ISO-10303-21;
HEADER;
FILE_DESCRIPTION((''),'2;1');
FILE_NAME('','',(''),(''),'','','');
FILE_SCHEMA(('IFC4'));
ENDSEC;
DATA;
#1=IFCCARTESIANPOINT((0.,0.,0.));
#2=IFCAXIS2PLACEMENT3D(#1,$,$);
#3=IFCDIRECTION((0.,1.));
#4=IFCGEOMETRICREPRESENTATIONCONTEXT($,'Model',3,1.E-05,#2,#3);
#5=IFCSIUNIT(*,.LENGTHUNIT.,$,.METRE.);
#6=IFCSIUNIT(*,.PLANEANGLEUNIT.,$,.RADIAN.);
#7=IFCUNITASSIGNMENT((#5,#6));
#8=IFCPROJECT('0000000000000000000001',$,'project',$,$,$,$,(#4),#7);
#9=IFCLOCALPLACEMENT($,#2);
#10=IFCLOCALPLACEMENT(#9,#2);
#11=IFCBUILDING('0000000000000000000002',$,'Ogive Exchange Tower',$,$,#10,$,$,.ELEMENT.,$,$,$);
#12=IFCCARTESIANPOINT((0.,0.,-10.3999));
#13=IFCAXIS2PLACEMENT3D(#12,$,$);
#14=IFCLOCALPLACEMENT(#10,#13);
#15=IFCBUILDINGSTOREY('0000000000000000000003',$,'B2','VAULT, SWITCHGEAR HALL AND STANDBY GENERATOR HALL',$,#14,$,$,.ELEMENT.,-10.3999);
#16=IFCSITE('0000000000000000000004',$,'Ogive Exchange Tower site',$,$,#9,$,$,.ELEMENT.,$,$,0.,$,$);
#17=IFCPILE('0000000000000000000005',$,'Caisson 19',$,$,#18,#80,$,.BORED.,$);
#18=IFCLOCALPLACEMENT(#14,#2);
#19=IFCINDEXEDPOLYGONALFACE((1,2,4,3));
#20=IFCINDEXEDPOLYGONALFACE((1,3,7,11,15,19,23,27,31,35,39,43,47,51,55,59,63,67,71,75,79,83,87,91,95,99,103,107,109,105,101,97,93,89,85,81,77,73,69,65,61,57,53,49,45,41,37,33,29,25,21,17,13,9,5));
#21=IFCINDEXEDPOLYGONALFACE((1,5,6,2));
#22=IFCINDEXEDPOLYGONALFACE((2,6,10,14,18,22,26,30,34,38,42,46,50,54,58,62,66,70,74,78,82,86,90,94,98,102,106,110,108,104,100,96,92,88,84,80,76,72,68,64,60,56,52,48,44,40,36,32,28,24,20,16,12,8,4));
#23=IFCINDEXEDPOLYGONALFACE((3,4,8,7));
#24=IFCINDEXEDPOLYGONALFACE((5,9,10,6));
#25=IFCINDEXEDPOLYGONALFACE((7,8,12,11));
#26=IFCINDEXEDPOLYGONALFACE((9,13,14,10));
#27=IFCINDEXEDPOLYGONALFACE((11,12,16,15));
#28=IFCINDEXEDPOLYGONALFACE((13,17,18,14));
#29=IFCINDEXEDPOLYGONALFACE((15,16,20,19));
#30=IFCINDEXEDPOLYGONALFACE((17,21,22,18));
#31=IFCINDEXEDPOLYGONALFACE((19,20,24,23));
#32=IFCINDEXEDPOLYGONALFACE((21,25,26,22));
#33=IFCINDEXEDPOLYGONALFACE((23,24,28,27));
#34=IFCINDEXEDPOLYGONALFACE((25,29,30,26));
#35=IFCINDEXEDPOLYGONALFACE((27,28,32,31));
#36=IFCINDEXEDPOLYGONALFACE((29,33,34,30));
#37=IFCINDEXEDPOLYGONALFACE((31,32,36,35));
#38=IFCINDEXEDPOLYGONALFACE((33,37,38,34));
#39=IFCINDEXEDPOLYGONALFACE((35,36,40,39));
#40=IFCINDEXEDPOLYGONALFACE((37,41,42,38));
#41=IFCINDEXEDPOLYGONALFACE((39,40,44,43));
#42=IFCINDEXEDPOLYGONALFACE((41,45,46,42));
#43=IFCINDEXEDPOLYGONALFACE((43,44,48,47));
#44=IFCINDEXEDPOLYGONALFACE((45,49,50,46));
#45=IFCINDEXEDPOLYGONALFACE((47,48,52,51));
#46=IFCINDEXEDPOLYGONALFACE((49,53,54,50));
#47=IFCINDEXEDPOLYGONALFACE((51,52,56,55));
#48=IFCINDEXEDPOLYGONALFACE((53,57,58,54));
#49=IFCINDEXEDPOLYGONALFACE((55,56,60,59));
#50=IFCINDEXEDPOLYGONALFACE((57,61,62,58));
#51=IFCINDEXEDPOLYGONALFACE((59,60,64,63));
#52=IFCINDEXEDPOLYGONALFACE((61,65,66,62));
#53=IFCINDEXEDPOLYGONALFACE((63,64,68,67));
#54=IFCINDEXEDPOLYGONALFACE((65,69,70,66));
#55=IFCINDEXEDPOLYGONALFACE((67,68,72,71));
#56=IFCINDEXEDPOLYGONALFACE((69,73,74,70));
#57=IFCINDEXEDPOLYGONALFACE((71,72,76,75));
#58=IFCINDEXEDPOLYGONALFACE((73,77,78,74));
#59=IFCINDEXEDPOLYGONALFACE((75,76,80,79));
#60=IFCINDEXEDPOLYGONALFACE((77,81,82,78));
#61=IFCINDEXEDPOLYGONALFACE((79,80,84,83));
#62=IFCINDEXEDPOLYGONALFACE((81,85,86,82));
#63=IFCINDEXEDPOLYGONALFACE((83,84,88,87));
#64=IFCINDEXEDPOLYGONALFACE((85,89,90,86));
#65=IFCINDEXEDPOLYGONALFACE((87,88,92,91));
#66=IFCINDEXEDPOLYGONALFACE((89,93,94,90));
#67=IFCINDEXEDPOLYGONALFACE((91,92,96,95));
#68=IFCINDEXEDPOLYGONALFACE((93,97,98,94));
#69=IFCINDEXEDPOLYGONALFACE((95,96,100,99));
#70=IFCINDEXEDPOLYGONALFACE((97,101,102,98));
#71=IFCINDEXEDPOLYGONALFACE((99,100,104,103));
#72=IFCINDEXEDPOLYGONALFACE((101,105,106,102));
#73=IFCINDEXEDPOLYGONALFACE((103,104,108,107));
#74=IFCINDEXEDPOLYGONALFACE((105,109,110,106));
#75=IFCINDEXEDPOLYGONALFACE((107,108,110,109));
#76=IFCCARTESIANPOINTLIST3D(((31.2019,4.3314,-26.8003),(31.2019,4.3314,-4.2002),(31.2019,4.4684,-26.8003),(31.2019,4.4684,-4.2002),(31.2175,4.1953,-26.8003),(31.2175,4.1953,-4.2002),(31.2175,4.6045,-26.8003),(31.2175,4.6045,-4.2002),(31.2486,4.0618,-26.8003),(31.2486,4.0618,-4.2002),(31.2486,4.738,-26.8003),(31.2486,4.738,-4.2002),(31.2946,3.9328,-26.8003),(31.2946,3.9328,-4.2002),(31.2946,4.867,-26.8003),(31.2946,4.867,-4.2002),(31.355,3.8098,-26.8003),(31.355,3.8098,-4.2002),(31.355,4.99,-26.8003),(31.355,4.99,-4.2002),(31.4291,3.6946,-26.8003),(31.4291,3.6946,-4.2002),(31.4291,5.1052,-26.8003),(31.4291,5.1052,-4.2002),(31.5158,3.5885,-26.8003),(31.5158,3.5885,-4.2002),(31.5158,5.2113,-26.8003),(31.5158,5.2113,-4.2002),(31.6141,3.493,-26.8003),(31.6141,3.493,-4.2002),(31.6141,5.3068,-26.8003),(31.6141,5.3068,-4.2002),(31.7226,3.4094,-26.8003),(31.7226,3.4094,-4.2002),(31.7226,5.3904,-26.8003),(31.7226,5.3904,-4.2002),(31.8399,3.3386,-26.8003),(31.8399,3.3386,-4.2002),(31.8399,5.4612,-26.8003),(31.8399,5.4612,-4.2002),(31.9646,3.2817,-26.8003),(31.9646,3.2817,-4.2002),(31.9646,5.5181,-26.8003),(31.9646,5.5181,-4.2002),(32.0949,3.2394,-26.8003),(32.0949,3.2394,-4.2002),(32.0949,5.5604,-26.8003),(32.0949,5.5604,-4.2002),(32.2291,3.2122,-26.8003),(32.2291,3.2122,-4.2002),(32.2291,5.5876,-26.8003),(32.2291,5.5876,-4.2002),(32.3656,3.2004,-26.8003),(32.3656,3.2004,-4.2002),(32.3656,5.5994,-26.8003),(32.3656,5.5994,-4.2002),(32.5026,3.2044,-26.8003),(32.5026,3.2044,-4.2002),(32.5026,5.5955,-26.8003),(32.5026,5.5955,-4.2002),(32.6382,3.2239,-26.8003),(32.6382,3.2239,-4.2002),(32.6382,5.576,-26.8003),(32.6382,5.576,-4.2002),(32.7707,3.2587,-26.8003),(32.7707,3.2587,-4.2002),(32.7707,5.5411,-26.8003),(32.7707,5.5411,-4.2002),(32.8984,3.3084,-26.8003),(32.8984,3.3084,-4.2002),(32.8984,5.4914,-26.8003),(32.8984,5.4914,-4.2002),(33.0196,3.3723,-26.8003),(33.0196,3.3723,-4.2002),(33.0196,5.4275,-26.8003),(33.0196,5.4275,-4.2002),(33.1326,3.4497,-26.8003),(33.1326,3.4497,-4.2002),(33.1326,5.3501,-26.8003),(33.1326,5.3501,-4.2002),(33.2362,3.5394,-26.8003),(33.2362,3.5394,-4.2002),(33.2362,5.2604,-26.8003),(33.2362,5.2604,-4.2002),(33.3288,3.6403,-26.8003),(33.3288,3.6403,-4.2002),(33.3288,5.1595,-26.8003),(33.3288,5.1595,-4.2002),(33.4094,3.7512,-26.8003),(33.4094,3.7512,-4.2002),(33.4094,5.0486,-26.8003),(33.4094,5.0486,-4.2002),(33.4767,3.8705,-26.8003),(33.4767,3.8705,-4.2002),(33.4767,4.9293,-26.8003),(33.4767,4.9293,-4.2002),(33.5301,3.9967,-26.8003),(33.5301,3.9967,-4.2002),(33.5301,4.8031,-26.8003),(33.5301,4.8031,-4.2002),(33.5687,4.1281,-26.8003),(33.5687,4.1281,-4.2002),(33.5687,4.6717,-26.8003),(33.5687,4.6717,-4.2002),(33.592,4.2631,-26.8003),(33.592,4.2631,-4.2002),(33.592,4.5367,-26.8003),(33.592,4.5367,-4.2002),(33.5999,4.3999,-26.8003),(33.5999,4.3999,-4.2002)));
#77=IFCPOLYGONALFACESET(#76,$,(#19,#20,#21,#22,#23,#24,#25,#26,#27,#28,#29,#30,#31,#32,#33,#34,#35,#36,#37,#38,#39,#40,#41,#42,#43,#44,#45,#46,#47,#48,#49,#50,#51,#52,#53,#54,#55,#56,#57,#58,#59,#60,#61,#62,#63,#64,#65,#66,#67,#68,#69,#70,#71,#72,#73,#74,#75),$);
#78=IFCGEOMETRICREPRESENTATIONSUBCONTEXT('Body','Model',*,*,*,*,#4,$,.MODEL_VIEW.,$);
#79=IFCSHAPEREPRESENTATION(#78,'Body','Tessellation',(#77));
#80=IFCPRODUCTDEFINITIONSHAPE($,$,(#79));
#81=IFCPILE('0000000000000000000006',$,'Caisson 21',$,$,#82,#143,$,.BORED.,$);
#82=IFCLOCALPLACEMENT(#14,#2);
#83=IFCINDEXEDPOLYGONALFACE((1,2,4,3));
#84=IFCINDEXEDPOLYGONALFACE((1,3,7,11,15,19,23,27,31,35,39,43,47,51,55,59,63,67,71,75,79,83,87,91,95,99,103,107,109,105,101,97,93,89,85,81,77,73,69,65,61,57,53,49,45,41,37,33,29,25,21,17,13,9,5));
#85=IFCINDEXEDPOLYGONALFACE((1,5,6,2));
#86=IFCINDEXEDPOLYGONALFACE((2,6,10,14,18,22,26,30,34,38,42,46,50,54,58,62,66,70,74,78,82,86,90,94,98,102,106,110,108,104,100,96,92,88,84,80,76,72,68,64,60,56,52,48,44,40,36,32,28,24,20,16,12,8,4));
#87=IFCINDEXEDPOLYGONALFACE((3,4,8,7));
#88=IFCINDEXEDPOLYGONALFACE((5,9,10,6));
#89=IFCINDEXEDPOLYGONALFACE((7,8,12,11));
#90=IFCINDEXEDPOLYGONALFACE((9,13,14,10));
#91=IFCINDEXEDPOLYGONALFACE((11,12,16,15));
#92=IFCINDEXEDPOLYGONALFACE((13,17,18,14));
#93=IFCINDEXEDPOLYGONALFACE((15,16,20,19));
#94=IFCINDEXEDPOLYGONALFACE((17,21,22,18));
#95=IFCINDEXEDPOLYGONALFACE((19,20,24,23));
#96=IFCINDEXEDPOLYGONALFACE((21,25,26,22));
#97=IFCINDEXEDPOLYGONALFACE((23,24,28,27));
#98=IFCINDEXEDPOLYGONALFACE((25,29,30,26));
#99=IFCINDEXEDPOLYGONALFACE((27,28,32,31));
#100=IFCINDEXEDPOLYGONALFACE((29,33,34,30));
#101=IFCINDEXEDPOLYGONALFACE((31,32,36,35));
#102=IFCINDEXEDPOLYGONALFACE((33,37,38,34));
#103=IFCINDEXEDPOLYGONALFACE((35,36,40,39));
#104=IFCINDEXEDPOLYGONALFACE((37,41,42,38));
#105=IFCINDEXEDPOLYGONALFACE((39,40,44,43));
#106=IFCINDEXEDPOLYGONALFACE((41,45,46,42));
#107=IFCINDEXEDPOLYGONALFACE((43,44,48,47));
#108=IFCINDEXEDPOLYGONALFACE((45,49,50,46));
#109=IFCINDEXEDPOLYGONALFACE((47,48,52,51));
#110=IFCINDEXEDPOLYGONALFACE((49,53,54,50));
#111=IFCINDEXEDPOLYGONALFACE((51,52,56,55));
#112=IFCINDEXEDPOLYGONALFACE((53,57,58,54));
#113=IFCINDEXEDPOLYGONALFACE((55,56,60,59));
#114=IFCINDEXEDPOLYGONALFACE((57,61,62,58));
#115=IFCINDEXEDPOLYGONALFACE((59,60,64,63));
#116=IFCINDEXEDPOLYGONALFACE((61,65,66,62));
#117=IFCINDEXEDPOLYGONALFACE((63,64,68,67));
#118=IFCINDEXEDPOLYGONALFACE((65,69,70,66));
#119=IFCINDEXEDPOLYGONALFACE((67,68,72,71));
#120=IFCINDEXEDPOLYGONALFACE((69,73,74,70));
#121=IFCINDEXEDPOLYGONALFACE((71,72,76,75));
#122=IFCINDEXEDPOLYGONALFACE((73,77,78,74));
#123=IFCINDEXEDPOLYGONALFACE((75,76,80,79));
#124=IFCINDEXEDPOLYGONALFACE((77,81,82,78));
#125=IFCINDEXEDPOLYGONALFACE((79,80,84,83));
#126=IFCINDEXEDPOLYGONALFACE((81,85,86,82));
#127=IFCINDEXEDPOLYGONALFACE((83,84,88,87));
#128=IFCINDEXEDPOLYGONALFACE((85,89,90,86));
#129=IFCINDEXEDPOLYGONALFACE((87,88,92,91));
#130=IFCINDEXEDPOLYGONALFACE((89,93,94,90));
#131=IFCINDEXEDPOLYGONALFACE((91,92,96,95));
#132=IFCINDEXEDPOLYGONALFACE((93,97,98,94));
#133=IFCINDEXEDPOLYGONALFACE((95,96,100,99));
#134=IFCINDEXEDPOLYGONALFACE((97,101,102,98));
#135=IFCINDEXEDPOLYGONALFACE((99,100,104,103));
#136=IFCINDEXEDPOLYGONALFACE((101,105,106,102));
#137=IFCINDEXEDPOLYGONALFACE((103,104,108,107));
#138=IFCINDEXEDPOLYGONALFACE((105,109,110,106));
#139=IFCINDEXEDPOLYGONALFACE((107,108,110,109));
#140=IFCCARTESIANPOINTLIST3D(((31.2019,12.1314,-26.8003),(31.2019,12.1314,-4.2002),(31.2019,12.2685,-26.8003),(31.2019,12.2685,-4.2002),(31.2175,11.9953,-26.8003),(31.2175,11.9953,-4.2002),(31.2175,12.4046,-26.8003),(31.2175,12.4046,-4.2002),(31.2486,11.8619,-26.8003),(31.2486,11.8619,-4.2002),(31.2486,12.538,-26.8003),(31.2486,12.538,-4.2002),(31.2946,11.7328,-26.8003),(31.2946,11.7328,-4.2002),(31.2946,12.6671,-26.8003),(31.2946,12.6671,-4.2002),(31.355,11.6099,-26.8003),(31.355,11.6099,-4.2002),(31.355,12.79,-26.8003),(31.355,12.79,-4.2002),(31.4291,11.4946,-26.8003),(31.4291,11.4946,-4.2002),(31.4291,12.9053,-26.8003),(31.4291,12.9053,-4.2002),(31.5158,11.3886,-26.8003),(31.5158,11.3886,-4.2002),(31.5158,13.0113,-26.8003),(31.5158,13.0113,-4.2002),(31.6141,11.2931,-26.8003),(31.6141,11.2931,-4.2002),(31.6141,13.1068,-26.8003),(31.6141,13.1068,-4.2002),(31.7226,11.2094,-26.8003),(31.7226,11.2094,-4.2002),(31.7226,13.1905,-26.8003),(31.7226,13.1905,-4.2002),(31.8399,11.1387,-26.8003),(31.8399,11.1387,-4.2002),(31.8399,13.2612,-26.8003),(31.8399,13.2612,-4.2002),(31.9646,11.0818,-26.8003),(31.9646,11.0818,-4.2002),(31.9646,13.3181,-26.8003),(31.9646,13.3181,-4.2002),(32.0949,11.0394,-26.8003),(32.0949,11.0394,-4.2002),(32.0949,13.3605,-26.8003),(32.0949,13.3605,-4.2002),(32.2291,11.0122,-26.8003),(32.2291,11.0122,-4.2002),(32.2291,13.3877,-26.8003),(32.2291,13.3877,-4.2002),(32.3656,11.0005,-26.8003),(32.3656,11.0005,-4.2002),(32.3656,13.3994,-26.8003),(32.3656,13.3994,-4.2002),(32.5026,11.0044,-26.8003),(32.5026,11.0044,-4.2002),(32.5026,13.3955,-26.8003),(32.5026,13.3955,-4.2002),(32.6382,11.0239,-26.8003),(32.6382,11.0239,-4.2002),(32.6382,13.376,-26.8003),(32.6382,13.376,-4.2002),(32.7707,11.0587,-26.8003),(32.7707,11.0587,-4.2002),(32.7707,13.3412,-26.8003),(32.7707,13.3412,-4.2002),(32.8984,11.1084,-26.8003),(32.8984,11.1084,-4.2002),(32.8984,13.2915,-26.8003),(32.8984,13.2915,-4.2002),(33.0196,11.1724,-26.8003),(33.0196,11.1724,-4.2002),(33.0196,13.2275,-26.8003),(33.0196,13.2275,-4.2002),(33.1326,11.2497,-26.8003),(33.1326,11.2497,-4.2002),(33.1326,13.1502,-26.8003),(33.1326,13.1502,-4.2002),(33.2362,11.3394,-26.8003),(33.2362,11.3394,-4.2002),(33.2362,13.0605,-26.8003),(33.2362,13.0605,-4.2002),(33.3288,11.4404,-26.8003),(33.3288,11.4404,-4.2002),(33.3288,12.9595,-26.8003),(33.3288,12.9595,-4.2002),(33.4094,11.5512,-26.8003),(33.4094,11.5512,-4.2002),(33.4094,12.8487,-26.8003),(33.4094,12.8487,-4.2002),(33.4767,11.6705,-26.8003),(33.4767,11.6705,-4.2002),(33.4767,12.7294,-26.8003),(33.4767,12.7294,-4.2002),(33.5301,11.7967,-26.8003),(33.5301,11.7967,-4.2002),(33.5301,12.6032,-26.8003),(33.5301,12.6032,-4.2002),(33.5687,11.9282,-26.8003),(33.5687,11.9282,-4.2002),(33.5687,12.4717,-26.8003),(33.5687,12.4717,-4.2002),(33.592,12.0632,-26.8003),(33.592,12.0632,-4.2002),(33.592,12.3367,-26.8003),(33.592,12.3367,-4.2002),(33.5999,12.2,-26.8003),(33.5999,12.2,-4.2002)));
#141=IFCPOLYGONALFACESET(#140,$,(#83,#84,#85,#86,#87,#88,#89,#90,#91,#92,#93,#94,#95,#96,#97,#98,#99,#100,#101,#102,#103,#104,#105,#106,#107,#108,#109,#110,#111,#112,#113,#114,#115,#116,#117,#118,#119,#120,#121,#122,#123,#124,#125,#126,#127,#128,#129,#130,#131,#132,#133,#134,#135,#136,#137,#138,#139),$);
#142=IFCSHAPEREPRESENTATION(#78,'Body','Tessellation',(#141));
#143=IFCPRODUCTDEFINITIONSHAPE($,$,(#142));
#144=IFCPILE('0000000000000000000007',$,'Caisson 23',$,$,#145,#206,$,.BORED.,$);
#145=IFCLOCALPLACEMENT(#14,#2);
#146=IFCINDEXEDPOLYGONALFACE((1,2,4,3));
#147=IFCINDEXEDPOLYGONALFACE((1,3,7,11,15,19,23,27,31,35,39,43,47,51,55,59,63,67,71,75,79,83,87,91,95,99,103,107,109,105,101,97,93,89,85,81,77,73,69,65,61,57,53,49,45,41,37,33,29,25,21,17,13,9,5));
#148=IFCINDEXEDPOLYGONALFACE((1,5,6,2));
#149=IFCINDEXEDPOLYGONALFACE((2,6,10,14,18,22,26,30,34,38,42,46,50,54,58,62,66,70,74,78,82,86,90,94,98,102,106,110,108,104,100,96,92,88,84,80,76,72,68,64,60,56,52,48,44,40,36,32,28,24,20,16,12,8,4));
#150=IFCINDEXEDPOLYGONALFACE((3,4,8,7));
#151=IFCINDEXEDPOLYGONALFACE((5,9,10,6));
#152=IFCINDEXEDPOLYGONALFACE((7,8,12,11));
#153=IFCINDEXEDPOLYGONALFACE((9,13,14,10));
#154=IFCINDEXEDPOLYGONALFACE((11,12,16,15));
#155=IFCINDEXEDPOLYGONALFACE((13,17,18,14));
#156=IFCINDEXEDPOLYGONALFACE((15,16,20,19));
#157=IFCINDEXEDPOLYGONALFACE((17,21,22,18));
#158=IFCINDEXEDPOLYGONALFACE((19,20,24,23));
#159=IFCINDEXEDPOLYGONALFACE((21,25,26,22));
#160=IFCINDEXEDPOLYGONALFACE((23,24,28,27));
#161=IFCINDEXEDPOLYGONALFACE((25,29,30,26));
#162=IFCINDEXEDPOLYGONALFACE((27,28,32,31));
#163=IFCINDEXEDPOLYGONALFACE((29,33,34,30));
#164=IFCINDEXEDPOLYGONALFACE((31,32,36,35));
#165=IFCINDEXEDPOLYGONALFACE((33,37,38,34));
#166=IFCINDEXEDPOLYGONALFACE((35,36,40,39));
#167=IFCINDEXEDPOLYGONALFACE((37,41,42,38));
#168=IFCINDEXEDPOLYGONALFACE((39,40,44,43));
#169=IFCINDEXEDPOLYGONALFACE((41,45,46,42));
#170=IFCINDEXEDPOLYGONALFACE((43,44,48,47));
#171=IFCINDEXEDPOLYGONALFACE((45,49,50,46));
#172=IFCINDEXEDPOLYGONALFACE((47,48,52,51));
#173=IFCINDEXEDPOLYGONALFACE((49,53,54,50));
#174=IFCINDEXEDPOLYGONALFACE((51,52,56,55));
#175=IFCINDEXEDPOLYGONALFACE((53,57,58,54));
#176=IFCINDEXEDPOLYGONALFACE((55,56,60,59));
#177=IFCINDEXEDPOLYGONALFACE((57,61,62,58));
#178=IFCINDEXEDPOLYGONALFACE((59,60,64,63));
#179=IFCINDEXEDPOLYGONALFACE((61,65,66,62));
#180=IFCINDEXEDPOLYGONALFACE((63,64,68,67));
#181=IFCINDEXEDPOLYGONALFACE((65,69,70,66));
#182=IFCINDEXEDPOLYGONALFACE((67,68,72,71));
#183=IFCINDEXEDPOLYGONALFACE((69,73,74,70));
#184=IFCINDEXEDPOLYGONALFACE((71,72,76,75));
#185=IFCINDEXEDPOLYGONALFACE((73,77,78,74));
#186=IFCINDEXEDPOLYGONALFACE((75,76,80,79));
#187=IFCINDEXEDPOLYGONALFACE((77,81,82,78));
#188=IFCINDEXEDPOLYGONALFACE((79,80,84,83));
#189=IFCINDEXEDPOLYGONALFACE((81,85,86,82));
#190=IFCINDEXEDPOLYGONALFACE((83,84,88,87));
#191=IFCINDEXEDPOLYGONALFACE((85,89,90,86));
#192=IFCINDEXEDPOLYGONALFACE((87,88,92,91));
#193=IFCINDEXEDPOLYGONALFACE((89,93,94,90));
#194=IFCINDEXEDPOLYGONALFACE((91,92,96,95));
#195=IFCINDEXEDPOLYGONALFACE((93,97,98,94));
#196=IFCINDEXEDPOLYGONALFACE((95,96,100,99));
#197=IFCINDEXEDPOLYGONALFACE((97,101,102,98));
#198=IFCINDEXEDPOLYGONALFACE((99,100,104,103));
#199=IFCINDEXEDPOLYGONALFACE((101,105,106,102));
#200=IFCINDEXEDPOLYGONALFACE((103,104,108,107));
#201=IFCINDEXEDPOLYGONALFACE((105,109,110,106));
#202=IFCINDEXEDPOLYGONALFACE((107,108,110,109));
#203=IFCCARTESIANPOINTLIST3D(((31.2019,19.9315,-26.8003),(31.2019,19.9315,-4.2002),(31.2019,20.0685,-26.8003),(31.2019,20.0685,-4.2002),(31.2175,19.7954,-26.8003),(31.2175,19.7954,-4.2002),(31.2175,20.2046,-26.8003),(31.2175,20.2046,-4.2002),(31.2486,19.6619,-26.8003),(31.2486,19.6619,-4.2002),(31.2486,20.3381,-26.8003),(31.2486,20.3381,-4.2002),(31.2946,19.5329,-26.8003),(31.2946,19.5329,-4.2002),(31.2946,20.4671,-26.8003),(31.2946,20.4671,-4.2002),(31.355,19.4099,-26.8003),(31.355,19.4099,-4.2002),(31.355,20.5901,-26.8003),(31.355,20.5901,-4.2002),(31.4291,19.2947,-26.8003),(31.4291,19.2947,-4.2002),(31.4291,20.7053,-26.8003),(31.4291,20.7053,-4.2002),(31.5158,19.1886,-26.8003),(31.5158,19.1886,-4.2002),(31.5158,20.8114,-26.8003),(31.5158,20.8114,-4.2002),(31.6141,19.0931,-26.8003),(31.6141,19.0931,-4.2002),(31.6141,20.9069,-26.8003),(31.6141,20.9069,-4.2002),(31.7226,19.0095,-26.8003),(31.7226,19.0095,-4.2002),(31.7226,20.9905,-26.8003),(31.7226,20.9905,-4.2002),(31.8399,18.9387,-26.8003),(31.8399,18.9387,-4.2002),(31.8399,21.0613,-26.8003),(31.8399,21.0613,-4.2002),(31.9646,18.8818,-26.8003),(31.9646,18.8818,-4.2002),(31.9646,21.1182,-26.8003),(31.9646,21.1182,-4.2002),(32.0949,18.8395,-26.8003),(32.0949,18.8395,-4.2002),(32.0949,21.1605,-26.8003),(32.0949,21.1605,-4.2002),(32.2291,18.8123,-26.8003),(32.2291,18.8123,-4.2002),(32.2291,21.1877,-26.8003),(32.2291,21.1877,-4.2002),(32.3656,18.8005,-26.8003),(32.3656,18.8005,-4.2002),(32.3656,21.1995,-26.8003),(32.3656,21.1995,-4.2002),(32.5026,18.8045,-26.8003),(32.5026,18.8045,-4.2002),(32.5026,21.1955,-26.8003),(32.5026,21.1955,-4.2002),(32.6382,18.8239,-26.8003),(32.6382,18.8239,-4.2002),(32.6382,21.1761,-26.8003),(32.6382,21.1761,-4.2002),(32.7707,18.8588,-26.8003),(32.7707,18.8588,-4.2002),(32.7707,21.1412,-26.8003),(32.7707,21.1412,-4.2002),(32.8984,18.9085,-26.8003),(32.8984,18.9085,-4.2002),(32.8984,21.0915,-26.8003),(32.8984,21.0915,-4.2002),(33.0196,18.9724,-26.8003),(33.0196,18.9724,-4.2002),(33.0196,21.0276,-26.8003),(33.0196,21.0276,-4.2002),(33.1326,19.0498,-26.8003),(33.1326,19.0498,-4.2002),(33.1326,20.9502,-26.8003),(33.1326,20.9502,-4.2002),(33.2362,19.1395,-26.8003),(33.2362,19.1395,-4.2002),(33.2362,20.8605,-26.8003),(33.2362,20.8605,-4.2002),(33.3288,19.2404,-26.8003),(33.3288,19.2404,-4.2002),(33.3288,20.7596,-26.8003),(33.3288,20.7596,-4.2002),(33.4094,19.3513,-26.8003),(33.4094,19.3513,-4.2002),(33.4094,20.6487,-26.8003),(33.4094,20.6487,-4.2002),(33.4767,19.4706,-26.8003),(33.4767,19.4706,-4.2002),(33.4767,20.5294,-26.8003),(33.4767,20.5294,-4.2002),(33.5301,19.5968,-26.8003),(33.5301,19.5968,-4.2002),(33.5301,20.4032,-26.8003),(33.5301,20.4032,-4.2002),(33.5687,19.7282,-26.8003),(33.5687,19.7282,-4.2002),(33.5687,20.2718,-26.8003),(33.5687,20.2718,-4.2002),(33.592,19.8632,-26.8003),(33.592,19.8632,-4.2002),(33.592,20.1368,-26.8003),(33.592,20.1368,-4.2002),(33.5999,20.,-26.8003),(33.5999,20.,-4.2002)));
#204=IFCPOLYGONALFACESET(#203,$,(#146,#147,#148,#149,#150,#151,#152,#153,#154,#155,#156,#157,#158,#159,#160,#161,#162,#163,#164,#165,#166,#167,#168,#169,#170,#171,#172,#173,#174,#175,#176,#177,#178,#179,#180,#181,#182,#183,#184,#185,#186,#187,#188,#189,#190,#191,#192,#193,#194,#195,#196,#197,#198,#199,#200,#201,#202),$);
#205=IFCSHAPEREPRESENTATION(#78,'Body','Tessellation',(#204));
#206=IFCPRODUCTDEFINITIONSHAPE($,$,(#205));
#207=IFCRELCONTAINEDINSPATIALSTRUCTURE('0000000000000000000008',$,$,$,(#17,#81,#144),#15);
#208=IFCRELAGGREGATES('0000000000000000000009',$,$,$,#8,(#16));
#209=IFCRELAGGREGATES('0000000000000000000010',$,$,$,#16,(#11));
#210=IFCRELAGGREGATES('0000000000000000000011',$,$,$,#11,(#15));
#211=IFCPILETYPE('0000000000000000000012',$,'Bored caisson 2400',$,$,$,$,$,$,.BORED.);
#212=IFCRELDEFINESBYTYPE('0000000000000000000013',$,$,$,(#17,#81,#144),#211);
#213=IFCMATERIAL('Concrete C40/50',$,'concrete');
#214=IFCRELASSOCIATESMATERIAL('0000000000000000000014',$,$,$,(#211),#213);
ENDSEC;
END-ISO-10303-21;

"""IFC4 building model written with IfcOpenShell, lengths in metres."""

from ifc_helpers import new_model, si_unit, direction, frame, origin, origin_2d, place, context, subcontext, project, spatial, circle, extrude, material, material_profile, profile_set, type_object, element, save


model = new_model("IFC4")

# Units and contexts
model_context = context("Model", 3, precision=1e-05, world=origin(), true_north=direction((0.0, 1.0)))
body_context = subcontext(model_context, "Body", "Model", "MODEL_VIEW")
ifc_project = project(units=[si_unit("LENGTHUNIT", "METRE"), si_unit("PLANEANGLEUNIT", "RADIAN")], contexts=[model_context])

# Site, building, storey
site_placement = place(None, origin())
site = spatial("IfcSite", under=ifc_project, at=site_placement, Name="Ogive Exchange Tower site", CompositionType="ELEMENT", RefElevation=0.0)
building_placement = place(site_placement, origin())
building = spatial("IfcBuilding", under=site, at=building_placement, Name="Ogive Exchange Tower", CompositionType="ELEMENT")
storey_placement = place(building_placement, frame((0.0, 0.0, -10.3999)))
storey = spatial("IfcBuildingStorey", under=building, at=storey_placement, Name="B2", Description="VAULT, SWITCHGEAR HALL AND STANDBY GENERATOR HALL", CompositionType="ELEMENT", Elevation=-10.3999)

# Piles
ifc_material_1 = material(Name="Concrete C40/50", Category="concrete")
ifc_material_profile_1 = material_profile(ifc_material_1, circle(Radius=1.2, at=origin_2d()), Name="RC caisson 2400")
ifc_profile_set_1 = profile_set([ifc_material_profile_1], Name="Concrete C40/50")
pile_type = type_object("IfcPileType", Name="Bored caisson 2400", PredefinedType="BORED", material=ifc_profile_set_1)
for number, where, z_axis, x_axis, name in (
    (1, (32.3999, 4.3999, -4.2002), (0.0, 0.0, -1.0), (1.0, 0.0, 0.0), "Caisson 19"),
    (2, (32.3999, 12.2, -4.2002), (0.0, 0.0, -1.0), (1.0, 0.0, 0.0), "Caisson 21"),
    (3, (32.3999, 20.0, -4.2002), (0.0, 0.0, -1.0), (1.0, 0.0, 0.0), "Caisson 23"),
):
    element("IfcPile", number, at=place(storey_placement, frame(where, z_axis=z_axis, x_axis=x_axis)), inside=storey, type_object=pile_type, Name=name, PredefinedType="BORED", context=body_context, shape_type="SweptSolid", body=[
        extrude(circle(Radius=1.2, at=origin_2d()), origin(), (0.0, 0.0, 1.0), 22.6001),
    ])

save(model, "model.ifc")
